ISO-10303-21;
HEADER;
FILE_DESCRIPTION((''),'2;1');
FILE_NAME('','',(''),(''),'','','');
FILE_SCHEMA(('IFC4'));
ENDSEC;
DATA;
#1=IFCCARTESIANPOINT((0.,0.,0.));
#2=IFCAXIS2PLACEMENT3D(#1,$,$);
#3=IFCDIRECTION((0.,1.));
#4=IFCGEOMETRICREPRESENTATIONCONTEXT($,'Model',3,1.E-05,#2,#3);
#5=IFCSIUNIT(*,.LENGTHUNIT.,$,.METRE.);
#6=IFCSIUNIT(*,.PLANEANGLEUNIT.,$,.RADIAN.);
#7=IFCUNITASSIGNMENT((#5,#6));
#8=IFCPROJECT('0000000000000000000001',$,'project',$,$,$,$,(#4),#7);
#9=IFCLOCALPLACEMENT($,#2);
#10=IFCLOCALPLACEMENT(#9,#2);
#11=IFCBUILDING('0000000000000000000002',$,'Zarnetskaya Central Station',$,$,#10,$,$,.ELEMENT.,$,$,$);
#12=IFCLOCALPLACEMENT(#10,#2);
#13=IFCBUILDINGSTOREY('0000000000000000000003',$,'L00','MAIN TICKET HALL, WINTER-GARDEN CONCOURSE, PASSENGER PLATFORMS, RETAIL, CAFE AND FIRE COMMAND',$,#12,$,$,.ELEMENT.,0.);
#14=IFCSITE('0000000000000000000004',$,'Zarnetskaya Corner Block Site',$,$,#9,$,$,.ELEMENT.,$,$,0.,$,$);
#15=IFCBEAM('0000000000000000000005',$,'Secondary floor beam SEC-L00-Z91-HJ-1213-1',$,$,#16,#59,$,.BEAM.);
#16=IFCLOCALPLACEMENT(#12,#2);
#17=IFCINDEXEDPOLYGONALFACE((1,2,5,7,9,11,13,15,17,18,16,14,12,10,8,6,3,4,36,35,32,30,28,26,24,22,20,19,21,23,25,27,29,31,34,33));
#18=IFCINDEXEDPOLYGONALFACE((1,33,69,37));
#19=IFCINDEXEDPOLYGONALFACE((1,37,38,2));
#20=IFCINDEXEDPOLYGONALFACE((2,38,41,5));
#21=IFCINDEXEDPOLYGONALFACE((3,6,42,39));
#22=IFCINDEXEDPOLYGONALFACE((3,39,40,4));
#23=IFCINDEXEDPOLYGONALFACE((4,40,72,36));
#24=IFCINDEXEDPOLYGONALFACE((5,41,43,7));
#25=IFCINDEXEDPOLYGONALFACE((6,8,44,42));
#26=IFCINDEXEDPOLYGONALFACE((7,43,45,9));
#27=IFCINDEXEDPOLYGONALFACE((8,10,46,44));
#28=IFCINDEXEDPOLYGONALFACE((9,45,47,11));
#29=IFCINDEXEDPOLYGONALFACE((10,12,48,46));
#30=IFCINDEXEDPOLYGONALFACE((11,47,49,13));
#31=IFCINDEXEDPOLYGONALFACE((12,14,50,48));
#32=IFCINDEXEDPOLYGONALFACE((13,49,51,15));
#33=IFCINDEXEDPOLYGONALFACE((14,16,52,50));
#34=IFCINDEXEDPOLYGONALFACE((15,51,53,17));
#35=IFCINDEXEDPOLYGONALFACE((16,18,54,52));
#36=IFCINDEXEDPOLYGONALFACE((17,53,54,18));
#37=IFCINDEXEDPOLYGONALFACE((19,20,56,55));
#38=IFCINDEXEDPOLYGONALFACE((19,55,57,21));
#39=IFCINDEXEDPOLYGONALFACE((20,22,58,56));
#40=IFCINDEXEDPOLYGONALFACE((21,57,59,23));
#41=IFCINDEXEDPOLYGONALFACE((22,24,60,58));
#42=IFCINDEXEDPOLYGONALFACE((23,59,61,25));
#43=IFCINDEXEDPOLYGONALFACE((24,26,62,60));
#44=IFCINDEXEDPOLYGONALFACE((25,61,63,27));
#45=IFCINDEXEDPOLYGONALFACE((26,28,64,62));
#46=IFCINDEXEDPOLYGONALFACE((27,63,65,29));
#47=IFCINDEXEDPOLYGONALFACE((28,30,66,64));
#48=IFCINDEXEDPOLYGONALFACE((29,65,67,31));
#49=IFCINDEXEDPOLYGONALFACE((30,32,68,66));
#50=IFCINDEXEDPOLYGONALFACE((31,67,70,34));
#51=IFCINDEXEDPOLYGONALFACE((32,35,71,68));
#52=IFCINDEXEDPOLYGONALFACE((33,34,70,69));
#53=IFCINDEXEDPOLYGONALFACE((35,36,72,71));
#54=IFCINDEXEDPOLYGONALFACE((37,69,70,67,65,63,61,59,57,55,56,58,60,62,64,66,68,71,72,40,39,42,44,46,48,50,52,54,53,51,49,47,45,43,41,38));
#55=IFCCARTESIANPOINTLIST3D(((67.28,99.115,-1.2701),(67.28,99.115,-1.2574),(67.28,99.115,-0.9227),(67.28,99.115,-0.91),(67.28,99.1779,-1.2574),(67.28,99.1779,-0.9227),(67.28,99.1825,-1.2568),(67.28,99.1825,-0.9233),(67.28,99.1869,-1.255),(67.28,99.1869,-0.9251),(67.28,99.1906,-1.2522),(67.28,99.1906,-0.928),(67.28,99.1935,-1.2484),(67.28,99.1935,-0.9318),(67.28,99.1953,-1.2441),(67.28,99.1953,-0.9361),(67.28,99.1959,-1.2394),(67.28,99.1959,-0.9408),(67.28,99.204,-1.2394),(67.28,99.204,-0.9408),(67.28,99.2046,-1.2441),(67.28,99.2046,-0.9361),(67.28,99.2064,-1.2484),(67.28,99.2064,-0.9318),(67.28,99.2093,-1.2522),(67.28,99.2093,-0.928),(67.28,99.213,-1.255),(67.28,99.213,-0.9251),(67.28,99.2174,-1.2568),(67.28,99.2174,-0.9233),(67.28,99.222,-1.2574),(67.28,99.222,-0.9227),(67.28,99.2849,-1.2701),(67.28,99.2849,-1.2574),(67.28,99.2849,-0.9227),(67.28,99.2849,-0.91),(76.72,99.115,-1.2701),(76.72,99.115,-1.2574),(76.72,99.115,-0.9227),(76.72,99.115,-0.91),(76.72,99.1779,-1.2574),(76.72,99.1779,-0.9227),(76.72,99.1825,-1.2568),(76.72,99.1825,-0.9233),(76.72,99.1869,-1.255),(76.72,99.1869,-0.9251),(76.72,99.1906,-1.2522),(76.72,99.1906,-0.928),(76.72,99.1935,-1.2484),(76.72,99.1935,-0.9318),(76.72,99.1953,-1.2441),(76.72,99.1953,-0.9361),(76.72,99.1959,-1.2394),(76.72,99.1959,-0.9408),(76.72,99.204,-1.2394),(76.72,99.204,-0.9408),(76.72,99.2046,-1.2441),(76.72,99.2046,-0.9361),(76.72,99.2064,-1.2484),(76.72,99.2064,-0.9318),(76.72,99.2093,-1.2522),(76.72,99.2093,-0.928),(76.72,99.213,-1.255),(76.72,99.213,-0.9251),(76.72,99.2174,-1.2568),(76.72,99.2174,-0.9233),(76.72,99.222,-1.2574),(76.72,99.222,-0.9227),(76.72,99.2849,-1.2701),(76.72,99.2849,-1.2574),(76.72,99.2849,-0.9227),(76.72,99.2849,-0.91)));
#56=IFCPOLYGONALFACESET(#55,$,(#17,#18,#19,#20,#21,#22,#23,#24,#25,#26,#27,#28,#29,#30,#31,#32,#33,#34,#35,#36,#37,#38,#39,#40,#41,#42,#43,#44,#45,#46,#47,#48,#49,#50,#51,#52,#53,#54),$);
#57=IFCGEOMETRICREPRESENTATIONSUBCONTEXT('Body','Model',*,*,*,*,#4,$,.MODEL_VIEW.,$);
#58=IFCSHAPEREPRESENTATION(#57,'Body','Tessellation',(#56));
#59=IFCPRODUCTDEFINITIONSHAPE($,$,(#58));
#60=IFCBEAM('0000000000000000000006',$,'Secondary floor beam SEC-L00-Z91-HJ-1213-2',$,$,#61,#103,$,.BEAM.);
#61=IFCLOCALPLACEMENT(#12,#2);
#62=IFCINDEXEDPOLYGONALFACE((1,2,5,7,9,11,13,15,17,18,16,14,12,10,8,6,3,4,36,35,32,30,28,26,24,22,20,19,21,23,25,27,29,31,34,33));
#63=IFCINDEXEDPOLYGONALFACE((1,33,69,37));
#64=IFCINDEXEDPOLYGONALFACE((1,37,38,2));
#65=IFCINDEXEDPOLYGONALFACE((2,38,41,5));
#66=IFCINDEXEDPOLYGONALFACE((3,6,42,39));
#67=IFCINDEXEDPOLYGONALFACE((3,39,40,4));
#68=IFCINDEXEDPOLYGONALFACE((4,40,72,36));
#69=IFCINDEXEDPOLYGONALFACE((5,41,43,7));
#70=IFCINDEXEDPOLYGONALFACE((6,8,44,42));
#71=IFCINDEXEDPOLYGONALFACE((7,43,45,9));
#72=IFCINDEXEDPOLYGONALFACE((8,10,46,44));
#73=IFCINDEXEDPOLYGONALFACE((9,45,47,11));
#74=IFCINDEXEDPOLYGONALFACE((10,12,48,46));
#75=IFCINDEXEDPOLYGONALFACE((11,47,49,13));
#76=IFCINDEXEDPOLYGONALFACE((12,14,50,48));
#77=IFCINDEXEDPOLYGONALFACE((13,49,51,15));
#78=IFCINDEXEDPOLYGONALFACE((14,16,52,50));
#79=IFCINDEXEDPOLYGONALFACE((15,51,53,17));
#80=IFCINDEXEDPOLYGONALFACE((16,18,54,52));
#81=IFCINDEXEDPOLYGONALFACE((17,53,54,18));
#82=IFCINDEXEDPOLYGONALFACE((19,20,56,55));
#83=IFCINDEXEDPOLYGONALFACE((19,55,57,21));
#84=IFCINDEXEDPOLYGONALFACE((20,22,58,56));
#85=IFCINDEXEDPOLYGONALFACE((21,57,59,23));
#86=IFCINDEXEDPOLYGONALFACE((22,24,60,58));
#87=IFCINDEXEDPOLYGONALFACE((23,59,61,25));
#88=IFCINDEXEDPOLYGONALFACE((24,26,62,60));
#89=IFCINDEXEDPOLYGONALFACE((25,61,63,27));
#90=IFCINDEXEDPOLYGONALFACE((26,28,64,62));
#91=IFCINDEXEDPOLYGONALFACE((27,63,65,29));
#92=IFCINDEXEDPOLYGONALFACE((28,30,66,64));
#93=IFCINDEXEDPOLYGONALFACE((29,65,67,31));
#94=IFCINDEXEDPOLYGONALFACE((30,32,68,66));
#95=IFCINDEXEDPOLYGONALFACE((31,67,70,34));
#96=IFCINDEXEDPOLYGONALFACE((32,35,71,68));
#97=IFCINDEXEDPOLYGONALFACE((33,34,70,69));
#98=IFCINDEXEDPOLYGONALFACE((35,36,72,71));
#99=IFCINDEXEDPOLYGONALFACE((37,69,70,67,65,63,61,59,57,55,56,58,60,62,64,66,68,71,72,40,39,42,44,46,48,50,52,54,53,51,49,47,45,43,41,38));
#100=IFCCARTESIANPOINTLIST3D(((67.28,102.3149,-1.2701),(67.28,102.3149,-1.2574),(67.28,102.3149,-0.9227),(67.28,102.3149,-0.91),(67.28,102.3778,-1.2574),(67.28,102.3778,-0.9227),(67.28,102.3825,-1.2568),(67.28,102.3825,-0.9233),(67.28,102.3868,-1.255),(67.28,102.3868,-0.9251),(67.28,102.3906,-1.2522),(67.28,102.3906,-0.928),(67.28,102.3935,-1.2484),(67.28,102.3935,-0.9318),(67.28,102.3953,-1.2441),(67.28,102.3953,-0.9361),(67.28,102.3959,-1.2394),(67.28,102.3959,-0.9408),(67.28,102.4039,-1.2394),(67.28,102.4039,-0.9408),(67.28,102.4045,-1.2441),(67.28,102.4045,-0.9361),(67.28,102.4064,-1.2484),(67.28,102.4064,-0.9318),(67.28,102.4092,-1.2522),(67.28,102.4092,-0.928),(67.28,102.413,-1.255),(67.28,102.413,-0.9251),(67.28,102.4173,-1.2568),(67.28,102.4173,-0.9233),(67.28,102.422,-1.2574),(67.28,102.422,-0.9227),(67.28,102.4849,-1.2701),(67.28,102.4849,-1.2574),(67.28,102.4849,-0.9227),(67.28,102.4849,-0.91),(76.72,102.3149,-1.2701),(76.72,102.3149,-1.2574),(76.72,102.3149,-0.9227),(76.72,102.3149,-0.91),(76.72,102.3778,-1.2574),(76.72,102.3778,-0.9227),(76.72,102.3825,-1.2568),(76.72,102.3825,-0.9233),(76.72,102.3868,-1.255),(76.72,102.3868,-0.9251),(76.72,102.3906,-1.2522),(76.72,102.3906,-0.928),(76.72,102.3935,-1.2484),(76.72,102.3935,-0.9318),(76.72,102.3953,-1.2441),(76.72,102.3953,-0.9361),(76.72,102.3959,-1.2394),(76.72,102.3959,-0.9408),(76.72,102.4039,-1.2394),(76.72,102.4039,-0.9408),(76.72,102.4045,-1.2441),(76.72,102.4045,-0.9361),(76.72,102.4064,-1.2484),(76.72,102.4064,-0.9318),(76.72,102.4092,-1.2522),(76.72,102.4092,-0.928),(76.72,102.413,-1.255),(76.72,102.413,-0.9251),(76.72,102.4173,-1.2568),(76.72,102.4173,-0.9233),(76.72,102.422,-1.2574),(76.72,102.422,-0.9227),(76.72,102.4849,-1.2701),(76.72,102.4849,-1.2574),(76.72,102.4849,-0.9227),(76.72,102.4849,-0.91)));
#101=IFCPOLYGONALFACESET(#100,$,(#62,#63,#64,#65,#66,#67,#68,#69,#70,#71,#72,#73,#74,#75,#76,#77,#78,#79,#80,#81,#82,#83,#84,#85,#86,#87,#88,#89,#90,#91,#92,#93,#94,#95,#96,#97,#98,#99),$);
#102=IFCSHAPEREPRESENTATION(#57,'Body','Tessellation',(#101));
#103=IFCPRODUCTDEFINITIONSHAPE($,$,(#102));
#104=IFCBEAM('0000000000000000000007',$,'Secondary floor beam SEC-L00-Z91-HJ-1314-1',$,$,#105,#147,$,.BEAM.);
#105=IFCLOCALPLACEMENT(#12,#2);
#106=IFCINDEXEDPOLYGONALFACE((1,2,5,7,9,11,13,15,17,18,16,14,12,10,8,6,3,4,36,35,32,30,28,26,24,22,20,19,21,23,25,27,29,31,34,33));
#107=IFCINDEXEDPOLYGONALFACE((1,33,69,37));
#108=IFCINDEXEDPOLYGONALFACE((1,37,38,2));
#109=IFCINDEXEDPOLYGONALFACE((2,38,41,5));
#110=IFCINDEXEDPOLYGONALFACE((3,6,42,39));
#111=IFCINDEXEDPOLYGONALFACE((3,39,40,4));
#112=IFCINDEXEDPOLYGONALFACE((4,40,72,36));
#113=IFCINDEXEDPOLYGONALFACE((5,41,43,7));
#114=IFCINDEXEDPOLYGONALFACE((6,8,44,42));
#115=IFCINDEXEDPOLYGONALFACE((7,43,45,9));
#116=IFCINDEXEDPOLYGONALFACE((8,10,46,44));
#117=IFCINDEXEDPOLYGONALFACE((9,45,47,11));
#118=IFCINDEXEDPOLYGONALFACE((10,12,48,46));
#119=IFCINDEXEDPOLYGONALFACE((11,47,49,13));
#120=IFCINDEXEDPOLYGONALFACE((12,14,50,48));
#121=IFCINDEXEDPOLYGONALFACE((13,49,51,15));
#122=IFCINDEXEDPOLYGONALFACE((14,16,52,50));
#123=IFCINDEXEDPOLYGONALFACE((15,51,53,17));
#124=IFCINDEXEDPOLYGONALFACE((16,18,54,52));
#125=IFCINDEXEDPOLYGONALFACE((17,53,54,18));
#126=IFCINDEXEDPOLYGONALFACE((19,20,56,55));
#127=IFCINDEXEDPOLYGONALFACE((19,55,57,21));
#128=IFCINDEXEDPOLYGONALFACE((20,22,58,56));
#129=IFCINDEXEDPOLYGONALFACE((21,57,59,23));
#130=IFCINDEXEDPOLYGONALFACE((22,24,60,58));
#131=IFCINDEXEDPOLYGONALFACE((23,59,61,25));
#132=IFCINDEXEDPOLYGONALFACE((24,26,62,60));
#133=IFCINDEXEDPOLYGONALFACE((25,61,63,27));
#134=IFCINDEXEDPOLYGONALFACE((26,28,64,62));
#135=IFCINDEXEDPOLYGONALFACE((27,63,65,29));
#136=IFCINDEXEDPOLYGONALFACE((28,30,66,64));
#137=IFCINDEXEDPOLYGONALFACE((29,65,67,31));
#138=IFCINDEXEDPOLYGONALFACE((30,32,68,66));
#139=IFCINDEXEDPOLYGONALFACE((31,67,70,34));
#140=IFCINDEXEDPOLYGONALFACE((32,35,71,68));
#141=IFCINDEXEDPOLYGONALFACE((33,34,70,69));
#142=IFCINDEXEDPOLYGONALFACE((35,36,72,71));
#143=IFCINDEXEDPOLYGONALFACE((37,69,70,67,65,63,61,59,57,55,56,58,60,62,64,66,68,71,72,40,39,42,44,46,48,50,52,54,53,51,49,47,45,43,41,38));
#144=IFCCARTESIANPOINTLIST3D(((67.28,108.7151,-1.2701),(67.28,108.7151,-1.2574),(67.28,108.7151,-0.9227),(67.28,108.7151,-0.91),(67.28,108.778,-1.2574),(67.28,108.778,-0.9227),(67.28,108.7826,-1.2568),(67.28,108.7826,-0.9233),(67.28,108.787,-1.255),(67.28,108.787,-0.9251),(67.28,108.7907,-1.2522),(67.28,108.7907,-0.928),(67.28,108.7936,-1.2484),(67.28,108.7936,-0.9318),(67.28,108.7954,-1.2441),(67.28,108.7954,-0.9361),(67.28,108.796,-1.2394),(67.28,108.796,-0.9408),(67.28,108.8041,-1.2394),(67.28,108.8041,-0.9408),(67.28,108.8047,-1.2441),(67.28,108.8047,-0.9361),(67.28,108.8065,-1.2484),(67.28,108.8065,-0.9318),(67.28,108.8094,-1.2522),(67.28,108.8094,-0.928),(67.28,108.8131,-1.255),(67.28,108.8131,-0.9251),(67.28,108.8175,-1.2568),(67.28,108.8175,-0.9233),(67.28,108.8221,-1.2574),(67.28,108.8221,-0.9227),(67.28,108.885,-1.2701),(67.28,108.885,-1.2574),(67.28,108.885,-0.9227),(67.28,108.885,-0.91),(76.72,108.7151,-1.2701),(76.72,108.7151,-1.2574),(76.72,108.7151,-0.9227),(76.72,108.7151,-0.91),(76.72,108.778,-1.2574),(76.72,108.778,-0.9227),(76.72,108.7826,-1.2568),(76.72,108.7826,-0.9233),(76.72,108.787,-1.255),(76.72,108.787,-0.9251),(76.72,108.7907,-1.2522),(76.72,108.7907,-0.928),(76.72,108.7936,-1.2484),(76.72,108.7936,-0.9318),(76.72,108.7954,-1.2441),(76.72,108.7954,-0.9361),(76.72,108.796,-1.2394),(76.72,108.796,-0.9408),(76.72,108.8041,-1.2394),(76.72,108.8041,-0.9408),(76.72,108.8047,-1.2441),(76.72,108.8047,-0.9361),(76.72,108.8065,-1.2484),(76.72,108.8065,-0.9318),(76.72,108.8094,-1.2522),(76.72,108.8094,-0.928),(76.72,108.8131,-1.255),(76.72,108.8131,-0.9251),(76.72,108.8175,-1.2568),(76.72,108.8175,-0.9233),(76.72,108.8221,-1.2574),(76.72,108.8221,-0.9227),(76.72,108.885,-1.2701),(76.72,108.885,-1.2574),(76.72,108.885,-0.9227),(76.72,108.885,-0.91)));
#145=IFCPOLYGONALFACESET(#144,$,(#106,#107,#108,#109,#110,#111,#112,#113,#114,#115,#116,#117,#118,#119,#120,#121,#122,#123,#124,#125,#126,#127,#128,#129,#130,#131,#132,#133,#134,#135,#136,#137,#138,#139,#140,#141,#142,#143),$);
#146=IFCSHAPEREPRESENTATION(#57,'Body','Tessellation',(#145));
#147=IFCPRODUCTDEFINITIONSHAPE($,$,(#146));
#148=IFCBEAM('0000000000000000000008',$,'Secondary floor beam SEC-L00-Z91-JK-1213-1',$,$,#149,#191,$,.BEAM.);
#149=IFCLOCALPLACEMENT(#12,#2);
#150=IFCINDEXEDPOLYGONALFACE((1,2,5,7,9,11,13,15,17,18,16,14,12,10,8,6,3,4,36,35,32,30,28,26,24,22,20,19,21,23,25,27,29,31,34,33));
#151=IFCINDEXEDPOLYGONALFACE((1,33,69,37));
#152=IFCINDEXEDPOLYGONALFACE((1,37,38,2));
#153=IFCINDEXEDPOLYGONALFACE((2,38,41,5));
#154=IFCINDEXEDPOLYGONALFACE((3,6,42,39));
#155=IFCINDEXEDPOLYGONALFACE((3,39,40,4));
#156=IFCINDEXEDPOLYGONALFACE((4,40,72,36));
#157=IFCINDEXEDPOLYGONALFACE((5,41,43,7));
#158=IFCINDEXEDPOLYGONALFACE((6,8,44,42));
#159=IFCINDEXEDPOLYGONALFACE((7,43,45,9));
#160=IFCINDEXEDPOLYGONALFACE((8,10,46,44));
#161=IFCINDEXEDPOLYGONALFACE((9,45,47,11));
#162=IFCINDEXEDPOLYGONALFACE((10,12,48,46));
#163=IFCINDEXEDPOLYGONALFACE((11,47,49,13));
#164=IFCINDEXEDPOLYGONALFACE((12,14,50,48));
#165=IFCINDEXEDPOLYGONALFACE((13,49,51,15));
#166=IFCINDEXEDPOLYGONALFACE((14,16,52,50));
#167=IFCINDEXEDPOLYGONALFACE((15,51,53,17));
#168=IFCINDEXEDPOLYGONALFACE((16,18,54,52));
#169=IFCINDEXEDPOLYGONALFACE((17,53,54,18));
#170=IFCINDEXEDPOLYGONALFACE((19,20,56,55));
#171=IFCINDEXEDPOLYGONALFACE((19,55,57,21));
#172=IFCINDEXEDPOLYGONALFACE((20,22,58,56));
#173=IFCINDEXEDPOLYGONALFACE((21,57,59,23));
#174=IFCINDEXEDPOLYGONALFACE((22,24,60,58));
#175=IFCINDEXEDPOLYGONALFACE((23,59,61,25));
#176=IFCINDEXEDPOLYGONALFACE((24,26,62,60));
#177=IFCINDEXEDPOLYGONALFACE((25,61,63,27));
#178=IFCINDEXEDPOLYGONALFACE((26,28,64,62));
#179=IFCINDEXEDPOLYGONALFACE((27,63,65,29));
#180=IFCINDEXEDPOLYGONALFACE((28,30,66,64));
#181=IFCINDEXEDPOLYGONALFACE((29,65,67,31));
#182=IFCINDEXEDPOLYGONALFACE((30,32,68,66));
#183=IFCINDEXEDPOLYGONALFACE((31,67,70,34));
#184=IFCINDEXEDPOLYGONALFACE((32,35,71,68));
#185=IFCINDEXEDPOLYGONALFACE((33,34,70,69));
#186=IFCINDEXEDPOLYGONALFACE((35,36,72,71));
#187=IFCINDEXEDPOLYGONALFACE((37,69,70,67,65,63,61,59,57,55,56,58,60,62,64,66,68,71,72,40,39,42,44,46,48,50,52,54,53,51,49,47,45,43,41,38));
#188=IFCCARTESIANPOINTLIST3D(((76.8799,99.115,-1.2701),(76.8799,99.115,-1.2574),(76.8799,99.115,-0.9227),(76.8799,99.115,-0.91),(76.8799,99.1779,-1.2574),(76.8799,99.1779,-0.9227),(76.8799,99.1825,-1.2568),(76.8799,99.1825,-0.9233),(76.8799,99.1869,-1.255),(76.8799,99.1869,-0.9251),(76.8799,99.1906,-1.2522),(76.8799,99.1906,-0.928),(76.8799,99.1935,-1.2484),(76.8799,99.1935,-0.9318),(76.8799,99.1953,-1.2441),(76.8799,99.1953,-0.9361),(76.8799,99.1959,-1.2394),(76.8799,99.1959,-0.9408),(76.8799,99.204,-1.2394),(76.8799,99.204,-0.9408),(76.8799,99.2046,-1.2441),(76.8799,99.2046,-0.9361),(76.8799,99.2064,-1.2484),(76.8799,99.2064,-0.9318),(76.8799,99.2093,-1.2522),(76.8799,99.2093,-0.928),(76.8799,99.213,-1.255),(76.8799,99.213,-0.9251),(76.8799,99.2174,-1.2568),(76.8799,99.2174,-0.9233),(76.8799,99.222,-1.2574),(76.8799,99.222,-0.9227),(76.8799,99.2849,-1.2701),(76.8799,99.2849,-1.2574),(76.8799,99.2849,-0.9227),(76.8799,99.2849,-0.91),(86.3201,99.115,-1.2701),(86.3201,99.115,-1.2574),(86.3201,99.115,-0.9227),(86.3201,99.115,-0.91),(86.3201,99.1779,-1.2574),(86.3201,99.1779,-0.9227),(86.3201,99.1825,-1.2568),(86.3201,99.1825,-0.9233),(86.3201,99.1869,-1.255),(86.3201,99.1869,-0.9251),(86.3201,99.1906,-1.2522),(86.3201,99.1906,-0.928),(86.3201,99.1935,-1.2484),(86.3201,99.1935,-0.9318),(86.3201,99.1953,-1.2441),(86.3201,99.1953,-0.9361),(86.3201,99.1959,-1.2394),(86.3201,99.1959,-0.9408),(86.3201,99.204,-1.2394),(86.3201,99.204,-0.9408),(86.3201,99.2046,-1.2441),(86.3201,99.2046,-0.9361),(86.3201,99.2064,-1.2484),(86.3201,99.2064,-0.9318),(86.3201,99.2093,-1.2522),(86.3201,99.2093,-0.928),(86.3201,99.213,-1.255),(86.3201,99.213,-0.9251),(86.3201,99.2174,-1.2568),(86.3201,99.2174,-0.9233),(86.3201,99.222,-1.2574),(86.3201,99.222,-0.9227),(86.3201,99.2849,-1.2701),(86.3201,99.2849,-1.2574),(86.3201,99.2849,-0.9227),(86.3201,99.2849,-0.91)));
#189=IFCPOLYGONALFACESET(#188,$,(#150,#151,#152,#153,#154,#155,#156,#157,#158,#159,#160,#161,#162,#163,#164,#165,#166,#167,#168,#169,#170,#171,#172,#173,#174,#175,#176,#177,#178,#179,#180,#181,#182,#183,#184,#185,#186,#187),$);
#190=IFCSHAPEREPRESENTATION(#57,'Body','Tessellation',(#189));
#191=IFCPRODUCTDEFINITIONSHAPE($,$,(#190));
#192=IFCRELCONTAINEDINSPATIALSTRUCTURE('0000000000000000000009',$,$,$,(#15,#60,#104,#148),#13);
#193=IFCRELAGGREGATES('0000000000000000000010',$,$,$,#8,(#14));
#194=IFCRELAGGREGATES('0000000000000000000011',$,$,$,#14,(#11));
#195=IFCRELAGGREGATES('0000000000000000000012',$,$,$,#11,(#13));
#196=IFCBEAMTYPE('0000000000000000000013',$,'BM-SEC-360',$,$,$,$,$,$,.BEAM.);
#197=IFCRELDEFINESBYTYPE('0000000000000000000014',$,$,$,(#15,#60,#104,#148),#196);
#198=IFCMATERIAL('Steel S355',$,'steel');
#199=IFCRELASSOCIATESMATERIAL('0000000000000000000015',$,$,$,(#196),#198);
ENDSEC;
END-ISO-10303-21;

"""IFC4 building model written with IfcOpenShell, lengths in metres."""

from ifc_helpers import new_model, si_unit, direction, frame, origin, origin_2d, place, context, subcontext, project, spatial, i_section, extrude, material, material_profile, profile_set, type_object, element, save


model = new_model("IFC4")

# Units and contexts
model_context = context("Model", 3, precision=1e-05, world=origin(), true_north=direction((0.0, 1.0)))
body_context = subcontext(model_context, "Body", "Model", "MODEL_VIEW")
ifc_project = project(units=[si_unit("LENGTHUNIT", "METRE"), si_unit("PLANEANGLEUNIT", "RADIAN")], contexts=[model_context])

# Site, building, storey
site_placement = place(None, origin())
site = spatial("IfcSite", under=ifc_project, at=site_placement, Name="Zarnetskaya Corner Block Site", CompositionType="ELEMENT", RefElevation=0.0)
building_placement = place(site_placement, origin())
building = spatial("IfcBuilding", under=site, at=building_placement, Name="Zarnetskaya Central Station", CompositionType="ELEMENT")
storey_placement = place(building_placement, origin())
storey = spatial("IfcBuildingStorey", under=building, at=storey_placement, Name="L00", Description="MAIN TICKET HALL, WINTER-GARDEN CONCOURSE, PASSENGER PLATFORMS, RETAIL, CAFE AND FIRE COMMAND", CompositionType="ELEMENT", Elevation=0.0)

# Shared definitions
ifc_material = material(Name="Steel S355", Category="steel")

# Beams
ifc_material_profile_1 = material_profile(ifc_material, i_section(OverallWidth=0.1699, OverallDepth=0.3601, WebThickness=0.0081, FlangeThickness=0.0127, FilletRadius=0.0181, at=origin_2d()), Name="IPE 360")
ifc_profile_set_1 = profile_set([ifc_material_profile_1], Name="Steel S355")
beam_type_1 = type_object("IfcBeamType", Name="BM-SEC-360", PredefinedType="BEAM", material=ifc_profile_set_1)
for number, where, z_axis, x_axis, name in (
    (1, (67.28, 99.2, -1.0901), (1.0, 0.0, 0.0), (0.0, 1.0, 0.0), "Secondary floor beam SEC-L00-Z91-HJ-1213-1"),
    (2, (67.28, 102.3999, -1.0901), (1.0, 0.0, 0.0), (0.0, 1.0, 0.0), "Secondary floor beam SEC-L00-Z91-HJ-1213-2"),
    (3, (67.28, 108.8, -1.0901), (1.0, 0.0, 0.0), (0.0, 1.0, 0.0), "Secondary floor beam SEC-L00-Z91-HJ-1314-1"),
):
    element("IfcBeam", number, at=place(storey_placement, frame(where, z_axis=z_axis, x_axis=x_axis)), inside=storey, type_object=beam_type_1, Name=name, PredefinedType="BEAM", context=body_context, shape_type="SweptSolid", body=[
        extrude(i_section(OverallWidth=0.1699, OverallDepth=0.3601, WebThickness=0.0081, FlangeThickness=0.0127, FilletRadius=0.0181, at=origin_2d()), origin(), (0.0, 0.0, 1.0), 9.4399),
    ])
beam_1_placement = place(storey_placement, frame((76.8799, 99.2, -1.0901), z_axis=(1.0, 0.0, 0.0), x_axis=(0.0, 1.0, 0.0)))
element("IfcBeam", 4, at=beam_1_placement, inside=storey, type_object=beam_type_1, Name="Secondary floor beam SEC-L00-Z91-JK-1213-1", PredefinedType="BEAM", context=body_context, shape_type="SweptSolid", body=[
    extrude(i_section(OverallWidth=0.1699, OverallDepth=0.3601, WebThickness=0.0081, FlangeThickness=0.0127, FilletRadius=0.0181, at=origin_2d()), origin(), (0.0, 0.0, 1.0), 9.4402),
])

save(model, "model.ifc")
